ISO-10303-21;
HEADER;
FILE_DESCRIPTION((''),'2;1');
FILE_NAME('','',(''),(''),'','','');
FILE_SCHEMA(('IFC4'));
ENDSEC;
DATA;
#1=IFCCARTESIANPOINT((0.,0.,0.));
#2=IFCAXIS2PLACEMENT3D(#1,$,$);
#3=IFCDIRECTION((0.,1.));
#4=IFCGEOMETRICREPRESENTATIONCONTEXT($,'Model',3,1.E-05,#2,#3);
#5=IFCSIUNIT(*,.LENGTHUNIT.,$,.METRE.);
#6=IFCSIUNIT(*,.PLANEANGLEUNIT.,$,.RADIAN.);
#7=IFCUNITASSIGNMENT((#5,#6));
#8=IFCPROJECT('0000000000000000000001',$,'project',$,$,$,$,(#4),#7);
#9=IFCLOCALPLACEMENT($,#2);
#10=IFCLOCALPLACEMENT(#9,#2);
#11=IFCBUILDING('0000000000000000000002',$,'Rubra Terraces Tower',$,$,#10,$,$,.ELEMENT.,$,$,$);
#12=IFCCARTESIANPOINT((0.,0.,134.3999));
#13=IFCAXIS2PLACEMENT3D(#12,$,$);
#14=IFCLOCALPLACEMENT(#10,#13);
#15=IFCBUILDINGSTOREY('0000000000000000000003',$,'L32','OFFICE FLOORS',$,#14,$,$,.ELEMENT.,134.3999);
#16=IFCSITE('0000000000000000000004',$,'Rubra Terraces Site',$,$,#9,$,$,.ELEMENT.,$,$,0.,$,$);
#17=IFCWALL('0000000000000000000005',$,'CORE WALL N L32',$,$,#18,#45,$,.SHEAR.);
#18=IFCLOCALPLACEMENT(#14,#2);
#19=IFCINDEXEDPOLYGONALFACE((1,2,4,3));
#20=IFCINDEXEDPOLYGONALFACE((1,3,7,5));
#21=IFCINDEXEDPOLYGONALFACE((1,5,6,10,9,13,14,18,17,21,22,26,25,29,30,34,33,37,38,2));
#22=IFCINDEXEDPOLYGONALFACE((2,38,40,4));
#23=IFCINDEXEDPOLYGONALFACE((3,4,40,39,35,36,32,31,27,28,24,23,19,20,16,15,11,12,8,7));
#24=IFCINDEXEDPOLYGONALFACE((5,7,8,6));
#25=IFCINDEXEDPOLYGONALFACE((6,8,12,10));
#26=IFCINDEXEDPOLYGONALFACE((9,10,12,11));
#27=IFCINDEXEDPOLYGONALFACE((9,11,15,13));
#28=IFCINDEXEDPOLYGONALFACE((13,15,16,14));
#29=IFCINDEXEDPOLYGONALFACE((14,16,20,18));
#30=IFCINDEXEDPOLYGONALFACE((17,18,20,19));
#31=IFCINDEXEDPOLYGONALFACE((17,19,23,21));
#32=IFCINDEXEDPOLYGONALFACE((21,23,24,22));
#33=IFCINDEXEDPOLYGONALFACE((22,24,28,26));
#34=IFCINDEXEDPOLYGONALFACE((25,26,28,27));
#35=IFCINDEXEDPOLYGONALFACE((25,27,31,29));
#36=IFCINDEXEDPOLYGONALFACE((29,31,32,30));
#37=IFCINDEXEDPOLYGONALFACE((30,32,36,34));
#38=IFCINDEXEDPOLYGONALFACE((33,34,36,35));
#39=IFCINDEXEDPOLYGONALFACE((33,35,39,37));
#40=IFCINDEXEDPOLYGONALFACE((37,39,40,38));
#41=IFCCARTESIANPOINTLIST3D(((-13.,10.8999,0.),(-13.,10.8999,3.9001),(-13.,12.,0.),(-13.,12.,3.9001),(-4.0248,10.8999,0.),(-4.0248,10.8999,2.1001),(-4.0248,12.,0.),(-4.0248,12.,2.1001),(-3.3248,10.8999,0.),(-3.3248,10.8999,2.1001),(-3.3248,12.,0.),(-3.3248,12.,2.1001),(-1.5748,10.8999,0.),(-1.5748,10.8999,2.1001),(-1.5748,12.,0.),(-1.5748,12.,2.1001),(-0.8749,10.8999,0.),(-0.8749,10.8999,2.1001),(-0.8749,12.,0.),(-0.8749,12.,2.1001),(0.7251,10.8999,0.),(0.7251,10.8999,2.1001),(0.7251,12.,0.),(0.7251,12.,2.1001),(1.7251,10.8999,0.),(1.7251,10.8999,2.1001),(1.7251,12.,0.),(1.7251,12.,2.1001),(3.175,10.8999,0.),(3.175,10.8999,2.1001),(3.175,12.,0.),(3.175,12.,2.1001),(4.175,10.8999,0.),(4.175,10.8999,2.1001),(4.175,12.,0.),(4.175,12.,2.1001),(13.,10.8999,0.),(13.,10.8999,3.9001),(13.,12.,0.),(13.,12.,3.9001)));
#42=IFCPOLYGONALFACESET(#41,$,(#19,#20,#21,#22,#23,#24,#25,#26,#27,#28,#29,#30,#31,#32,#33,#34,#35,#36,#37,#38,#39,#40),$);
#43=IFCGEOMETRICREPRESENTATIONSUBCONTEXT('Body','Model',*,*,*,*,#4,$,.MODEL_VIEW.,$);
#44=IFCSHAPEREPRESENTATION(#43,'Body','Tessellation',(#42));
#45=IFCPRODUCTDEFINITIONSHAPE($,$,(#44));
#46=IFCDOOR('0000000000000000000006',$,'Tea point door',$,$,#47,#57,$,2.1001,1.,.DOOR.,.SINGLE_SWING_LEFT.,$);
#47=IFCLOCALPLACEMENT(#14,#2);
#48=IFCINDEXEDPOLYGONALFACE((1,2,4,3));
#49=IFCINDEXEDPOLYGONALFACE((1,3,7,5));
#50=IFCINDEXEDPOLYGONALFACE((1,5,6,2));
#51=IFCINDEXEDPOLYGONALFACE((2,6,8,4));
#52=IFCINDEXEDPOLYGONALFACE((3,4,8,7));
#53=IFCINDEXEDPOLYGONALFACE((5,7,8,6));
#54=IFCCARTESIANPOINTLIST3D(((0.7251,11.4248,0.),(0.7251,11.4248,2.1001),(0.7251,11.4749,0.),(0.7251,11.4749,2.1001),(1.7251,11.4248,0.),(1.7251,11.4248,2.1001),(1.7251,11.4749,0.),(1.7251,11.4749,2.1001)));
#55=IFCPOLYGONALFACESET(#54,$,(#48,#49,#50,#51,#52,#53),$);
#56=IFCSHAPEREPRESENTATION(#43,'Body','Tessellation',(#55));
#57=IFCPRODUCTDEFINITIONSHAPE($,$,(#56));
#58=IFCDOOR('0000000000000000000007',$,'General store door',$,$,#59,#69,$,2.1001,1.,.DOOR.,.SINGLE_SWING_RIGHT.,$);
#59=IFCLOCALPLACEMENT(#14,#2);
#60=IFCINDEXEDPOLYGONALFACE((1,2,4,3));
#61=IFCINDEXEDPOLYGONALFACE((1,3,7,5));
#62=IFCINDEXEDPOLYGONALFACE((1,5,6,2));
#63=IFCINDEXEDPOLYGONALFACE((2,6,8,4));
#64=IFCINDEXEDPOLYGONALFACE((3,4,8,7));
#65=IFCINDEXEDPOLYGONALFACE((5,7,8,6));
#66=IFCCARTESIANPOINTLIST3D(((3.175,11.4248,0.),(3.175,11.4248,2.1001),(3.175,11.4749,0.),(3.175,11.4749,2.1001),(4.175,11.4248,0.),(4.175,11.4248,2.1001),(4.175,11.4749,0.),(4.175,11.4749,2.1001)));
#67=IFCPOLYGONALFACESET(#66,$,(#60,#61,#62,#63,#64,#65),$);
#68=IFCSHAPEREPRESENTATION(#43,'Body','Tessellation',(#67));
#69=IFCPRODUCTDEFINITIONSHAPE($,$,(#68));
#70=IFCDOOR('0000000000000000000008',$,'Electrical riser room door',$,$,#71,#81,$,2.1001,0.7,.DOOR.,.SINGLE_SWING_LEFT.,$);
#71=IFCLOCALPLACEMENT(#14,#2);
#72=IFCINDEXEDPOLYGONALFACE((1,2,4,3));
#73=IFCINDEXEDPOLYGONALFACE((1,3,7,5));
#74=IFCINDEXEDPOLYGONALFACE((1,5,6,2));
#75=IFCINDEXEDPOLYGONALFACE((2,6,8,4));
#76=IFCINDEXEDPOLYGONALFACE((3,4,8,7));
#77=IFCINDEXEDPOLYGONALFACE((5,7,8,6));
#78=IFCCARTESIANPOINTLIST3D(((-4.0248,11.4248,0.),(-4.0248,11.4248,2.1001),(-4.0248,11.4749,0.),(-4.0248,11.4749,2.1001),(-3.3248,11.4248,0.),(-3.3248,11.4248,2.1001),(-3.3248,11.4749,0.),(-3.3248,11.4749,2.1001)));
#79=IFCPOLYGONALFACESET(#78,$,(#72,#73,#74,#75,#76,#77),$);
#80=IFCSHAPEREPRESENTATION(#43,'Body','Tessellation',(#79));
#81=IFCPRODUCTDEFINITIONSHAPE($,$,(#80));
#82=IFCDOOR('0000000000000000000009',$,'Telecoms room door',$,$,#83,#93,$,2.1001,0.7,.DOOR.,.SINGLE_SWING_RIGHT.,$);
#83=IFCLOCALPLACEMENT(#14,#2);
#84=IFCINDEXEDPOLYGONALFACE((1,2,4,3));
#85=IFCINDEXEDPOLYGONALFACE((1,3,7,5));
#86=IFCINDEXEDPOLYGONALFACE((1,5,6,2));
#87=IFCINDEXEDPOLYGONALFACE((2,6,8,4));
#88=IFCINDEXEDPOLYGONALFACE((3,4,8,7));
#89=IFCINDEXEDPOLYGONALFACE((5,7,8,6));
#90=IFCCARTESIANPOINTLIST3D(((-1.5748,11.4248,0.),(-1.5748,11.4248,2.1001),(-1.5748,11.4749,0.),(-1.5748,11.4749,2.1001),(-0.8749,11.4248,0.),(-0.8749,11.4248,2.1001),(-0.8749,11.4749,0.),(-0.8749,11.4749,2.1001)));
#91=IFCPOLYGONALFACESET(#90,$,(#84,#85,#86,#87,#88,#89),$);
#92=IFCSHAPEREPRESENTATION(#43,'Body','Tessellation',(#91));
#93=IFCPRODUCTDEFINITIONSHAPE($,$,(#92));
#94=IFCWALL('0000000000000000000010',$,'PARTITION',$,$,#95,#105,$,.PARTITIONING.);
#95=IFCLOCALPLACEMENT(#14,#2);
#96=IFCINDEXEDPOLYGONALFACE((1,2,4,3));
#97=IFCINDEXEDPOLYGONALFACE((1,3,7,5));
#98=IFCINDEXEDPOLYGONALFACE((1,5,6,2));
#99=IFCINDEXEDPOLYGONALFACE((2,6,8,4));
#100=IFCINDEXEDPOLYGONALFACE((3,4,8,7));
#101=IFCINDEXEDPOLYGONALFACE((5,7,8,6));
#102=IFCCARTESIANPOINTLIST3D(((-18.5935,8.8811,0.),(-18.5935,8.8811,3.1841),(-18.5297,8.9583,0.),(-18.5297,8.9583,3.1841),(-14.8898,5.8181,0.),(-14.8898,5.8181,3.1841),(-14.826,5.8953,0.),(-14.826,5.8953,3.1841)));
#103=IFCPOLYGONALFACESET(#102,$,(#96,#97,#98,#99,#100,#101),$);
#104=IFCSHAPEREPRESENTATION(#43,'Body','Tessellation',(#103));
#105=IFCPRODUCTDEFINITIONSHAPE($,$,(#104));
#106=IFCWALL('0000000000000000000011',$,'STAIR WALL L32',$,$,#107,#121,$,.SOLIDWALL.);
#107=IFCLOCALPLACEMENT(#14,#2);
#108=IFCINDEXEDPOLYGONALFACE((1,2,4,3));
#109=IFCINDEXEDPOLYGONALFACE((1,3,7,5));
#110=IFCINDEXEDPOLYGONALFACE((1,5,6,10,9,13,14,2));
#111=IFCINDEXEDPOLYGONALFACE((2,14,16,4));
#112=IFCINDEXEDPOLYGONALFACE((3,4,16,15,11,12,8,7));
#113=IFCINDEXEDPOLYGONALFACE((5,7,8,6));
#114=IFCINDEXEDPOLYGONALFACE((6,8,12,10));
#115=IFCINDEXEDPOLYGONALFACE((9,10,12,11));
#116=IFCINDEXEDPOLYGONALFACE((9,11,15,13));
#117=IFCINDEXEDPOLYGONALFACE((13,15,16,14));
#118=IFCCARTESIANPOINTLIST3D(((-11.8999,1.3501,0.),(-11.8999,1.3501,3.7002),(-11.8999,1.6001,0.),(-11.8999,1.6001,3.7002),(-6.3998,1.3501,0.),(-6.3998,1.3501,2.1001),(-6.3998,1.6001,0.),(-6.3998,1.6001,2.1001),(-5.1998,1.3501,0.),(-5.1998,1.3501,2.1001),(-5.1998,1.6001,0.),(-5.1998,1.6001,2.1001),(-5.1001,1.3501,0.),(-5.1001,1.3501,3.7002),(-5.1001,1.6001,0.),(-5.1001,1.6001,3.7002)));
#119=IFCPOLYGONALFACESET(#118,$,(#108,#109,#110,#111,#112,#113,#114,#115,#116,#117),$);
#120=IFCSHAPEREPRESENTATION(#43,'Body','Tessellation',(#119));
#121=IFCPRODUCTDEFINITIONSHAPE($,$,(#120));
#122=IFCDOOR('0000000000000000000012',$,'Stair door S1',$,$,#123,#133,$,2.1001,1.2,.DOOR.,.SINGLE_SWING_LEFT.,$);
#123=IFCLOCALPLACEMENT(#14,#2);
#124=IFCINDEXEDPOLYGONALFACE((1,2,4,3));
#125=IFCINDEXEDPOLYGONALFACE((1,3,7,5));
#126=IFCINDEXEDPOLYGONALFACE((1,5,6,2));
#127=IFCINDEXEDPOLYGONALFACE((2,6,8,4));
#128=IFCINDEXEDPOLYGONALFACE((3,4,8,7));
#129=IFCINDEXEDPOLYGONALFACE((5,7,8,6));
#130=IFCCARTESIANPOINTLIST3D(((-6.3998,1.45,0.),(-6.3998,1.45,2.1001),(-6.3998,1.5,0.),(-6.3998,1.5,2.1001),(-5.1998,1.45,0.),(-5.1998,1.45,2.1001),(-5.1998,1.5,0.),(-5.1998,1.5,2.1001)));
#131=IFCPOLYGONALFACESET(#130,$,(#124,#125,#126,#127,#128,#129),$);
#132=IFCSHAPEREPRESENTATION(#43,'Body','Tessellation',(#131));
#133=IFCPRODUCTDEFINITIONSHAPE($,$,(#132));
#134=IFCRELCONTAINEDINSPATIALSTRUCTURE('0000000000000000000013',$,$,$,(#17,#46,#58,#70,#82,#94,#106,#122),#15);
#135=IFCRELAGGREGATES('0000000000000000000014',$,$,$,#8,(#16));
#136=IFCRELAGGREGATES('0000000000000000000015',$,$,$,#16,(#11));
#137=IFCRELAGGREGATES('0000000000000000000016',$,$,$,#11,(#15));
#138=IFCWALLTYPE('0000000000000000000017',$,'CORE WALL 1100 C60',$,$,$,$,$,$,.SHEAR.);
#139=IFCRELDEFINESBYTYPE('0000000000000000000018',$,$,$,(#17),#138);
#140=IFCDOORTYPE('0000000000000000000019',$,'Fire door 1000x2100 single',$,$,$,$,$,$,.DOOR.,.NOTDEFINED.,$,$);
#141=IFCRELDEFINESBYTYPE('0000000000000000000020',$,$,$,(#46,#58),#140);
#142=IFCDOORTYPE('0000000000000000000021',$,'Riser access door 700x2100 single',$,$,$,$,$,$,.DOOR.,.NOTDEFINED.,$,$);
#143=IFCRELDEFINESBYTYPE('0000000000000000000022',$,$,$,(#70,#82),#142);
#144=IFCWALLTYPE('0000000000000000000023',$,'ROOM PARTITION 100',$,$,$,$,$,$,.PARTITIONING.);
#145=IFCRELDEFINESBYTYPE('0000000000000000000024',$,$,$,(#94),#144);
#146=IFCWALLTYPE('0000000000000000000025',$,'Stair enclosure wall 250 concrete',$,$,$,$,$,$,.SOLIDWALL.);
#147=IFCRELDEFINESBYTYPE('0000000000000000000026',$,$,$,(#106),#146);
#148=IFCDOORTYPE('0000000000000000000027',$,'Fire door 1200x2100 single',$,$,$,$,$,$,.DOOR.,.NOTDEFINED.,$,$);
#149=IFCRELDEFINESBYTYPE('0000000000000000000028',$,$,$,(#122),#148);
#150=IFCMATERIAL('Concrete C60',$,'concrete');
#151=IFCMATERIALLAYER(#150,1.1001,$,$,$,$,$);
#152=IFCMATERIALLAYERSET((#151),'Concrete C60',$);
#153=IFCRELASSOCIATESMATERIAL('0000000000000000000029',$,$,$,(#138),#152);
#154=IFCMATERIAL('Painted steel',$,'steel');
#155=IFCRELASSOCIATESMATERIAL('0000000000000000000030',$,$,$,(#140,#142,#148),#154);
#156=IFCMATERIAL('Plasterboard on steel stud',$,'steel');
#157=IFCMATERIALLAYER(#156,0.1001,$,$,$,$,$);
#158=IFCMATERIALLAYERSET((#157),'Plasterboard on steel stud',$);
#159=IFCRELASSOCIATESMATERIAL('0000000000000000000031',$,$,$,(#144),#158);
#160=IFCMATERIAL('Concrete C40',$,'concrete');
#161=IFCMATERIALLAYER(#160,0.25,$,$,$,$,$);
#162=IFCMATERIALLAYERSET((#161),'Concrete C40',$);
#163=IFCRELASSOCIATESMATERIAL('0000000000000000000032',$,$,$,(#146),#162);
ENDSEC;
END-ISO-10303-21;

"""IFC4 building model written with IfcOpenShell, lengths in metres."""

from ifc_helpers import new_model, si_unit, direction, frame, frame_2d, origin, place, context, subcontext, project, spatial, rectangle, extrude, material, layer, layer_set, type_object, element, fill, save


model = new_model("IFC4")

# Units and contexts
model_context = context("Model", 3, precision=1e-05, world=origin(), true_north=direction((0.0, 1.0)))
body_context = subcontext(model_context, "Body", "Model", "MODEL_VIEW")
ifc_project = project(units=[si_unit("LENGTHUNIT", "METRE"), si_unit("PLANEANGLEUNIT", "RADIAN")], contexts=[model_context])

# Site, building, storey
site_placement = place(None, origin())
site = spatial("IfcSite", under=ifc_project, at=site_placement, Name="Rubra Terraces Site", CompositionType="ELEMENT", RefElevation=0.0)
building_placement = place(site_placement, origin())
building = spatial("IfcBuilding", under=site, at=building_placement, Name="Rubra Terraces Tower", CompositionType="ELEMENT")
storey_placement = place(building_placement, frame((0.0, 0.0, 134.3999)))
storey = spatial("IfcBuildingStorey", under=building, at=storey_placement, Name="L32", Description="OFFICE FLOORS", CompositionType="ELEMENT", Elevation=134.3999)

# Wall, openings, doors
ifc_material_1 = material(Name="Concrete C60", Category="concrete")
ifc_layer_1 = layer(ifc_material_1, 1.1001)
ifc_layer_set_1 = layer_set([ifc_layer_1], Name="Concrete C60")
wall_type_1 = type_object("IfcWallType", Name="CORE WALL 1100 C60", PredefinedType="SHEAR", material=ifc_layer_set_1)
wall_1_placement = place(storey_placement, frame((-13.0, 11.45, 0.0), z_axis=(0.0, 0.0, 1.0), x_axis=(1.0, 0.0, 0.0)))
wall_1 = element("IfcWall", 1, at=wall_1_placement, inside=storey, type_object=wall_type_1, Name="CORE WALL N L32", PredefinedType="SHEAR", context=body_context, shape_type="SweptSolid", body=[
    extrude(rectangle(XDim=26.0, YDim=1.1001, at=frame_2d((13.0, 0.0))), origin(), (0.0, 0.0, 1.0), 3.9001),
])
opening_1_placement = place(wall_1_placement, frame((8.9751, 0.0, 0.0)))
opening_1 = element("IfcOpeningElement", 2, at=opening_1_placement, cuts=wall_1, PredefinedType="OPENING", context=body_context, shape_type="SweptSolid", body=[
    extrude(rectangle(XDim=0.7, YDim=2.1001, at=frame_2d((0.3501, 1.05))), frame((0.0, 0.5601, 0.0), z_axis=(0.0, -1.0, 0.0), x_axis=(1.0, 0.0, 0.0)), (0.0, 0.0, 1.0), 1.1201),
])
opening_2_placement = place(wall_1_placement, frame((11.425, 0.0, 0.0)))
opening_2 = element("IfcOpeningElement", 3, at=opening_2_placement, cuts=wall_1, PredefinedType="OPENING", context=body_context, shape_type="SweptSolid", body=[
    extrude(rectangle(XDim=0.7, YDim=2.1001, at=frame_2d((0.3501, 1.05))), frame((0.0, 0.5601, 0.0), z_axis=(0.0, -1.0, 0.0), x_axis=(1.0, 0.0, 0.0)), (0.0, 0.0, 1.0), 1.1201),
])
opening_3_placement = place(wall_1_placement, frame((13.7251, 0.0, 0.0)))
opening_3 = element("IfcOpeningElement", 4, at=opening_3_placement, cuts=wall_1, PredefinedType="OPENING", context=body_context, shape_type="SweptSolid", body=[
    extrude(rectangle(XDim=1.0, YDim=2.1001, at=frame_2d((0.5, 1.05))), frame((0.0, 0.5601, 0.0), z_axis=(0.0, -1.0, 0.0), x_axis=(1.0, 0.0, 0.0)), (0.0, 0.0, 1.0), 1.1201),
])
opening_4_placement = place(wall_1_placement, frame((16.175, 0.0, 0.0)))
opening_4 = element("IfcOpeningElement", 5, at=opening_4_placement, cuts=wall_1, PredefinedType="OPENING", context=body_context, shape_type="SweptSolid", body=[
    extrude(rectangle(XDim=1.0, YDim=2.1001, at=frame_2d((0.5, 1.05))), frame((0.0, 0.5601, 0.0), z_axis=(0.0, -1.0, 0.0), x_axis=(1.0, 0.0, 0.0)), (0.0, 0.0, 1.0), 1.1201),
])
ifc_material_2 = material(Name="Painted steel", Category="steel")
door_type_1 = type_object("IfcDoorType", Name="Fire door 1000x2100 single", OperationType="NOTDEFINED", PredefinedType="DOOR", material=ifc_material_2)
door_1_placement = place(opening_3_placement, origin())
door_1 = element("IfcDoor", 6, at=door_1_placement, inside=storey, type_object=door_type_1, Name="Tea point door", OperationType="SINGLE_SWING_LEFT", OverallHeight=2.1001, OverallWidth=1.0, PredefinedType="DOOR", context=body_context, shape_type="SweptSolid", body=[
    extrude(rectangle(XDim=1.0, YDim=2.1001, at=frame_2d((0.5, 1.05))), frame((0.0, 0.0249, 0.0), z_axis=(0.0, -1.0, 0.0), x_axis=(1.0, 0.0, 0.0)), (0.0, 0.0, 1.0), 0.05),
])
fill(opening_3, door_1)
door_2_placement = place(opening_4_placement, origin())
door_2 = element("IfcDoor", 7, at=door_2_placement, inside=storey, type_object=door_type_1, Name="General store door", OperationType="SINGLE_SWING_RIGHT", OverallHeight=2.1001, OverallWidth=1.0, PredefinedType="DOOR", context=body_context, shape_type="SweptSolid", body=[
    extrude(rectangle(XDim=1.0, YDim=2.1001, at=frame_2d((0.5, 1.05))), frame((0.0, 0.0249, 0.0), z_axis=(0.0, -1.0, 0.0), x_axis=(1.0, 0.0, 0.0)), (0.0, 0.0, 1.0), 0.05),
])
fill(opening_4, door_2)
door_type_2 = type_object("IfcDoorType", Name="Riser access door 700x2100 single", OperationType="NOTDEFINED", PredefinedType="DOOR", material=ifc_material_2)
door_3_placement = place(opening_1_placement, origin())
door_3 = element("IfcDoor", 8, at=door_3_placement, inside=storey, type_object=door_type_2, Name="Electrical riser room door", OperationType="SINGLE_SWING_LEFT", OverallHeight=2.1001, OverallWidth=0.7, PredefinedType="DOOR", context=body_context, shape_type="SweptSolid", body=[
    extrude(rectangle(XDim=0.7, YDim=2.1001, at=frame_2d((0.3501, 1.05))), frame((0.0, 0.0249, 0.0), z_axis=(0.0, -1.0, 0.0), x_axis=(1.0, 0.0, 0.0)), (0.0, 0.0, 1.0), 0.05),
])
fill(opening_1, door_3)
door_4_placement = place(opening_2_placement, origin())
door_4 = element("IfcDoor", 9, at=door_4_placement, inside=storey, type_object=door_type_2, Name="Telecoms room door", OperationType="SINGLE_SWING_RIGHT", OverallHeight=2.1001, OverallWidth=0.7, PredefinedType="DOOR", context=body_context, shape_type="SweptSolid", body=[
    extrude(rectangle(XDim=0.7, YDim=2.1001, at=frame_2d((0.3501, 1.05))), frame((0.0, 0.0249, 0.0), z_axis=(0.0, -1.0, 0.0), x_axis=(1.0, 0.0, 0.0)), (0.0, 0.0, 1.0), 0.05),
])
fill(opening_2, door_4)

# Wall
ifc_material_3 = material(Name="Plasterboard on steel stud", Category="steel")
ifc_layer_2 = layer(ifc_material_3, 0.1001)
ifc_layer_set_2 = layer_set([ifc_layer_2], Name="Plasterboard on steel stud")
wall_type_2 = type_object("IfcWallType", Name="ROOM PARTITION 100", PredefinedType="PARTITIONING", material=ifc_layer_set_2)
wall_2_placement = place(storey_placement, frame((-14.8579, 5.8567, 0.0), z_axis=(0.0, 0.0, 1.0), x_axis=(-0.770606, 0.637312, 0.0)))
element("IfcWall", 10, at=wall_2_placement, inside=storey, type_object=wall_type_2, Name="PARTITION", PredefinedType="PARTITIONING", context=body_context, shape_type="SweptSolid", body=[
    extrude(rectangle(XDim=4.8062, YDim=0.1001, at=frame_2d((2.4031, 0.0))), origin(), (0.0, 0.0, 1.0), 3.1841),
])

# Wall, opening, door
ifc_material_4 = material(Name="Concrete C40", Category="concrete")
ifc_layer_3 = layer(ifc_material_4, 0.25)
ifc_layer_set_3 = layer_set([ifc_layer_3], Name="Concrete C40")
wall_type_3 = type_object("IfcWallType", Name="Stair enclosure wall 250 concrete", PredefinedType="SOLIDWALL", material=ifc_layer_set_3)
wall_3_placement = place(storey_placement, frame((-11.8999, 1.4751, 0.0), z_axis=(0.0, 0.0, 1.0), x_axis=(1.0, 0.0, 0.0)))
wall_3 = element("IfcWall", 11, at=wall_3_placement, inside=storey, type_object=wall_type_3, Name="STAIR WALL L32", PredefinedType="SOLIDWALL", context=body_context, shape_type="SweptSolid", body=[
    extrude(rectangle(XDim=6.7998, YDim=0.25, at=frame_2d((3.3999, 0.0))), origin(), (0.0, 0.0, 1.0), 3.7002),
])
opening_5_placement = place(wall_3_placement, frame((5.5, 0.0, 0.0)))
opening_5 = element("IfcOpeningElement", 12, at=opening_5_placement, cuts=wall_3, PredefinedType="OPENING", context=body_context, shape_type="SweptSolid", body=[
    extrude(rectangle(XDim=1.2, YDim=2.1001, at=frame_2d((0.6001, 1.05))), frame((0.0, 0.135, 0.0), z_axis=(0.0, -1.0, 0.0), x_axis=(1.0, 0.0, 0.0)), (0.0, 0.0, 1.0), 0.27),
])
door_type_3 = type_object("IfcDoorType", Name="Fire door 1200x2100 single", OperationType="NOTDEFINED", PredefinedType="DOOR", material=ifc_material_2)
door_5_placement = place(opening_5_placement, origin())
door_5 = element("IfcDoor", 13, at=door_5_placement, inside=storey, type_object=door_type_3, Name="Stair door S1", OperationType="SINGLE_SWING_LEFT", OverallHeight=2.1001, OverallWidth=1.2, PredefinedType="DOOR", context=body_context, shape_type="SweptSolid", body=[
    extrude(rectangle(XDim=1.2, YDim=2.1001, at=frame_2d((0.6001, 1.05))), frame((0.0, 0.0249, 0.0), z_axis=(0.0, -1.0, 0.0), x_axis=(1.0, 0.0, 0.0)), (0.0, 0.0, 1.0), 0.05),
])
fill(opening_5, door_5)

save(model, "model.ifc")
